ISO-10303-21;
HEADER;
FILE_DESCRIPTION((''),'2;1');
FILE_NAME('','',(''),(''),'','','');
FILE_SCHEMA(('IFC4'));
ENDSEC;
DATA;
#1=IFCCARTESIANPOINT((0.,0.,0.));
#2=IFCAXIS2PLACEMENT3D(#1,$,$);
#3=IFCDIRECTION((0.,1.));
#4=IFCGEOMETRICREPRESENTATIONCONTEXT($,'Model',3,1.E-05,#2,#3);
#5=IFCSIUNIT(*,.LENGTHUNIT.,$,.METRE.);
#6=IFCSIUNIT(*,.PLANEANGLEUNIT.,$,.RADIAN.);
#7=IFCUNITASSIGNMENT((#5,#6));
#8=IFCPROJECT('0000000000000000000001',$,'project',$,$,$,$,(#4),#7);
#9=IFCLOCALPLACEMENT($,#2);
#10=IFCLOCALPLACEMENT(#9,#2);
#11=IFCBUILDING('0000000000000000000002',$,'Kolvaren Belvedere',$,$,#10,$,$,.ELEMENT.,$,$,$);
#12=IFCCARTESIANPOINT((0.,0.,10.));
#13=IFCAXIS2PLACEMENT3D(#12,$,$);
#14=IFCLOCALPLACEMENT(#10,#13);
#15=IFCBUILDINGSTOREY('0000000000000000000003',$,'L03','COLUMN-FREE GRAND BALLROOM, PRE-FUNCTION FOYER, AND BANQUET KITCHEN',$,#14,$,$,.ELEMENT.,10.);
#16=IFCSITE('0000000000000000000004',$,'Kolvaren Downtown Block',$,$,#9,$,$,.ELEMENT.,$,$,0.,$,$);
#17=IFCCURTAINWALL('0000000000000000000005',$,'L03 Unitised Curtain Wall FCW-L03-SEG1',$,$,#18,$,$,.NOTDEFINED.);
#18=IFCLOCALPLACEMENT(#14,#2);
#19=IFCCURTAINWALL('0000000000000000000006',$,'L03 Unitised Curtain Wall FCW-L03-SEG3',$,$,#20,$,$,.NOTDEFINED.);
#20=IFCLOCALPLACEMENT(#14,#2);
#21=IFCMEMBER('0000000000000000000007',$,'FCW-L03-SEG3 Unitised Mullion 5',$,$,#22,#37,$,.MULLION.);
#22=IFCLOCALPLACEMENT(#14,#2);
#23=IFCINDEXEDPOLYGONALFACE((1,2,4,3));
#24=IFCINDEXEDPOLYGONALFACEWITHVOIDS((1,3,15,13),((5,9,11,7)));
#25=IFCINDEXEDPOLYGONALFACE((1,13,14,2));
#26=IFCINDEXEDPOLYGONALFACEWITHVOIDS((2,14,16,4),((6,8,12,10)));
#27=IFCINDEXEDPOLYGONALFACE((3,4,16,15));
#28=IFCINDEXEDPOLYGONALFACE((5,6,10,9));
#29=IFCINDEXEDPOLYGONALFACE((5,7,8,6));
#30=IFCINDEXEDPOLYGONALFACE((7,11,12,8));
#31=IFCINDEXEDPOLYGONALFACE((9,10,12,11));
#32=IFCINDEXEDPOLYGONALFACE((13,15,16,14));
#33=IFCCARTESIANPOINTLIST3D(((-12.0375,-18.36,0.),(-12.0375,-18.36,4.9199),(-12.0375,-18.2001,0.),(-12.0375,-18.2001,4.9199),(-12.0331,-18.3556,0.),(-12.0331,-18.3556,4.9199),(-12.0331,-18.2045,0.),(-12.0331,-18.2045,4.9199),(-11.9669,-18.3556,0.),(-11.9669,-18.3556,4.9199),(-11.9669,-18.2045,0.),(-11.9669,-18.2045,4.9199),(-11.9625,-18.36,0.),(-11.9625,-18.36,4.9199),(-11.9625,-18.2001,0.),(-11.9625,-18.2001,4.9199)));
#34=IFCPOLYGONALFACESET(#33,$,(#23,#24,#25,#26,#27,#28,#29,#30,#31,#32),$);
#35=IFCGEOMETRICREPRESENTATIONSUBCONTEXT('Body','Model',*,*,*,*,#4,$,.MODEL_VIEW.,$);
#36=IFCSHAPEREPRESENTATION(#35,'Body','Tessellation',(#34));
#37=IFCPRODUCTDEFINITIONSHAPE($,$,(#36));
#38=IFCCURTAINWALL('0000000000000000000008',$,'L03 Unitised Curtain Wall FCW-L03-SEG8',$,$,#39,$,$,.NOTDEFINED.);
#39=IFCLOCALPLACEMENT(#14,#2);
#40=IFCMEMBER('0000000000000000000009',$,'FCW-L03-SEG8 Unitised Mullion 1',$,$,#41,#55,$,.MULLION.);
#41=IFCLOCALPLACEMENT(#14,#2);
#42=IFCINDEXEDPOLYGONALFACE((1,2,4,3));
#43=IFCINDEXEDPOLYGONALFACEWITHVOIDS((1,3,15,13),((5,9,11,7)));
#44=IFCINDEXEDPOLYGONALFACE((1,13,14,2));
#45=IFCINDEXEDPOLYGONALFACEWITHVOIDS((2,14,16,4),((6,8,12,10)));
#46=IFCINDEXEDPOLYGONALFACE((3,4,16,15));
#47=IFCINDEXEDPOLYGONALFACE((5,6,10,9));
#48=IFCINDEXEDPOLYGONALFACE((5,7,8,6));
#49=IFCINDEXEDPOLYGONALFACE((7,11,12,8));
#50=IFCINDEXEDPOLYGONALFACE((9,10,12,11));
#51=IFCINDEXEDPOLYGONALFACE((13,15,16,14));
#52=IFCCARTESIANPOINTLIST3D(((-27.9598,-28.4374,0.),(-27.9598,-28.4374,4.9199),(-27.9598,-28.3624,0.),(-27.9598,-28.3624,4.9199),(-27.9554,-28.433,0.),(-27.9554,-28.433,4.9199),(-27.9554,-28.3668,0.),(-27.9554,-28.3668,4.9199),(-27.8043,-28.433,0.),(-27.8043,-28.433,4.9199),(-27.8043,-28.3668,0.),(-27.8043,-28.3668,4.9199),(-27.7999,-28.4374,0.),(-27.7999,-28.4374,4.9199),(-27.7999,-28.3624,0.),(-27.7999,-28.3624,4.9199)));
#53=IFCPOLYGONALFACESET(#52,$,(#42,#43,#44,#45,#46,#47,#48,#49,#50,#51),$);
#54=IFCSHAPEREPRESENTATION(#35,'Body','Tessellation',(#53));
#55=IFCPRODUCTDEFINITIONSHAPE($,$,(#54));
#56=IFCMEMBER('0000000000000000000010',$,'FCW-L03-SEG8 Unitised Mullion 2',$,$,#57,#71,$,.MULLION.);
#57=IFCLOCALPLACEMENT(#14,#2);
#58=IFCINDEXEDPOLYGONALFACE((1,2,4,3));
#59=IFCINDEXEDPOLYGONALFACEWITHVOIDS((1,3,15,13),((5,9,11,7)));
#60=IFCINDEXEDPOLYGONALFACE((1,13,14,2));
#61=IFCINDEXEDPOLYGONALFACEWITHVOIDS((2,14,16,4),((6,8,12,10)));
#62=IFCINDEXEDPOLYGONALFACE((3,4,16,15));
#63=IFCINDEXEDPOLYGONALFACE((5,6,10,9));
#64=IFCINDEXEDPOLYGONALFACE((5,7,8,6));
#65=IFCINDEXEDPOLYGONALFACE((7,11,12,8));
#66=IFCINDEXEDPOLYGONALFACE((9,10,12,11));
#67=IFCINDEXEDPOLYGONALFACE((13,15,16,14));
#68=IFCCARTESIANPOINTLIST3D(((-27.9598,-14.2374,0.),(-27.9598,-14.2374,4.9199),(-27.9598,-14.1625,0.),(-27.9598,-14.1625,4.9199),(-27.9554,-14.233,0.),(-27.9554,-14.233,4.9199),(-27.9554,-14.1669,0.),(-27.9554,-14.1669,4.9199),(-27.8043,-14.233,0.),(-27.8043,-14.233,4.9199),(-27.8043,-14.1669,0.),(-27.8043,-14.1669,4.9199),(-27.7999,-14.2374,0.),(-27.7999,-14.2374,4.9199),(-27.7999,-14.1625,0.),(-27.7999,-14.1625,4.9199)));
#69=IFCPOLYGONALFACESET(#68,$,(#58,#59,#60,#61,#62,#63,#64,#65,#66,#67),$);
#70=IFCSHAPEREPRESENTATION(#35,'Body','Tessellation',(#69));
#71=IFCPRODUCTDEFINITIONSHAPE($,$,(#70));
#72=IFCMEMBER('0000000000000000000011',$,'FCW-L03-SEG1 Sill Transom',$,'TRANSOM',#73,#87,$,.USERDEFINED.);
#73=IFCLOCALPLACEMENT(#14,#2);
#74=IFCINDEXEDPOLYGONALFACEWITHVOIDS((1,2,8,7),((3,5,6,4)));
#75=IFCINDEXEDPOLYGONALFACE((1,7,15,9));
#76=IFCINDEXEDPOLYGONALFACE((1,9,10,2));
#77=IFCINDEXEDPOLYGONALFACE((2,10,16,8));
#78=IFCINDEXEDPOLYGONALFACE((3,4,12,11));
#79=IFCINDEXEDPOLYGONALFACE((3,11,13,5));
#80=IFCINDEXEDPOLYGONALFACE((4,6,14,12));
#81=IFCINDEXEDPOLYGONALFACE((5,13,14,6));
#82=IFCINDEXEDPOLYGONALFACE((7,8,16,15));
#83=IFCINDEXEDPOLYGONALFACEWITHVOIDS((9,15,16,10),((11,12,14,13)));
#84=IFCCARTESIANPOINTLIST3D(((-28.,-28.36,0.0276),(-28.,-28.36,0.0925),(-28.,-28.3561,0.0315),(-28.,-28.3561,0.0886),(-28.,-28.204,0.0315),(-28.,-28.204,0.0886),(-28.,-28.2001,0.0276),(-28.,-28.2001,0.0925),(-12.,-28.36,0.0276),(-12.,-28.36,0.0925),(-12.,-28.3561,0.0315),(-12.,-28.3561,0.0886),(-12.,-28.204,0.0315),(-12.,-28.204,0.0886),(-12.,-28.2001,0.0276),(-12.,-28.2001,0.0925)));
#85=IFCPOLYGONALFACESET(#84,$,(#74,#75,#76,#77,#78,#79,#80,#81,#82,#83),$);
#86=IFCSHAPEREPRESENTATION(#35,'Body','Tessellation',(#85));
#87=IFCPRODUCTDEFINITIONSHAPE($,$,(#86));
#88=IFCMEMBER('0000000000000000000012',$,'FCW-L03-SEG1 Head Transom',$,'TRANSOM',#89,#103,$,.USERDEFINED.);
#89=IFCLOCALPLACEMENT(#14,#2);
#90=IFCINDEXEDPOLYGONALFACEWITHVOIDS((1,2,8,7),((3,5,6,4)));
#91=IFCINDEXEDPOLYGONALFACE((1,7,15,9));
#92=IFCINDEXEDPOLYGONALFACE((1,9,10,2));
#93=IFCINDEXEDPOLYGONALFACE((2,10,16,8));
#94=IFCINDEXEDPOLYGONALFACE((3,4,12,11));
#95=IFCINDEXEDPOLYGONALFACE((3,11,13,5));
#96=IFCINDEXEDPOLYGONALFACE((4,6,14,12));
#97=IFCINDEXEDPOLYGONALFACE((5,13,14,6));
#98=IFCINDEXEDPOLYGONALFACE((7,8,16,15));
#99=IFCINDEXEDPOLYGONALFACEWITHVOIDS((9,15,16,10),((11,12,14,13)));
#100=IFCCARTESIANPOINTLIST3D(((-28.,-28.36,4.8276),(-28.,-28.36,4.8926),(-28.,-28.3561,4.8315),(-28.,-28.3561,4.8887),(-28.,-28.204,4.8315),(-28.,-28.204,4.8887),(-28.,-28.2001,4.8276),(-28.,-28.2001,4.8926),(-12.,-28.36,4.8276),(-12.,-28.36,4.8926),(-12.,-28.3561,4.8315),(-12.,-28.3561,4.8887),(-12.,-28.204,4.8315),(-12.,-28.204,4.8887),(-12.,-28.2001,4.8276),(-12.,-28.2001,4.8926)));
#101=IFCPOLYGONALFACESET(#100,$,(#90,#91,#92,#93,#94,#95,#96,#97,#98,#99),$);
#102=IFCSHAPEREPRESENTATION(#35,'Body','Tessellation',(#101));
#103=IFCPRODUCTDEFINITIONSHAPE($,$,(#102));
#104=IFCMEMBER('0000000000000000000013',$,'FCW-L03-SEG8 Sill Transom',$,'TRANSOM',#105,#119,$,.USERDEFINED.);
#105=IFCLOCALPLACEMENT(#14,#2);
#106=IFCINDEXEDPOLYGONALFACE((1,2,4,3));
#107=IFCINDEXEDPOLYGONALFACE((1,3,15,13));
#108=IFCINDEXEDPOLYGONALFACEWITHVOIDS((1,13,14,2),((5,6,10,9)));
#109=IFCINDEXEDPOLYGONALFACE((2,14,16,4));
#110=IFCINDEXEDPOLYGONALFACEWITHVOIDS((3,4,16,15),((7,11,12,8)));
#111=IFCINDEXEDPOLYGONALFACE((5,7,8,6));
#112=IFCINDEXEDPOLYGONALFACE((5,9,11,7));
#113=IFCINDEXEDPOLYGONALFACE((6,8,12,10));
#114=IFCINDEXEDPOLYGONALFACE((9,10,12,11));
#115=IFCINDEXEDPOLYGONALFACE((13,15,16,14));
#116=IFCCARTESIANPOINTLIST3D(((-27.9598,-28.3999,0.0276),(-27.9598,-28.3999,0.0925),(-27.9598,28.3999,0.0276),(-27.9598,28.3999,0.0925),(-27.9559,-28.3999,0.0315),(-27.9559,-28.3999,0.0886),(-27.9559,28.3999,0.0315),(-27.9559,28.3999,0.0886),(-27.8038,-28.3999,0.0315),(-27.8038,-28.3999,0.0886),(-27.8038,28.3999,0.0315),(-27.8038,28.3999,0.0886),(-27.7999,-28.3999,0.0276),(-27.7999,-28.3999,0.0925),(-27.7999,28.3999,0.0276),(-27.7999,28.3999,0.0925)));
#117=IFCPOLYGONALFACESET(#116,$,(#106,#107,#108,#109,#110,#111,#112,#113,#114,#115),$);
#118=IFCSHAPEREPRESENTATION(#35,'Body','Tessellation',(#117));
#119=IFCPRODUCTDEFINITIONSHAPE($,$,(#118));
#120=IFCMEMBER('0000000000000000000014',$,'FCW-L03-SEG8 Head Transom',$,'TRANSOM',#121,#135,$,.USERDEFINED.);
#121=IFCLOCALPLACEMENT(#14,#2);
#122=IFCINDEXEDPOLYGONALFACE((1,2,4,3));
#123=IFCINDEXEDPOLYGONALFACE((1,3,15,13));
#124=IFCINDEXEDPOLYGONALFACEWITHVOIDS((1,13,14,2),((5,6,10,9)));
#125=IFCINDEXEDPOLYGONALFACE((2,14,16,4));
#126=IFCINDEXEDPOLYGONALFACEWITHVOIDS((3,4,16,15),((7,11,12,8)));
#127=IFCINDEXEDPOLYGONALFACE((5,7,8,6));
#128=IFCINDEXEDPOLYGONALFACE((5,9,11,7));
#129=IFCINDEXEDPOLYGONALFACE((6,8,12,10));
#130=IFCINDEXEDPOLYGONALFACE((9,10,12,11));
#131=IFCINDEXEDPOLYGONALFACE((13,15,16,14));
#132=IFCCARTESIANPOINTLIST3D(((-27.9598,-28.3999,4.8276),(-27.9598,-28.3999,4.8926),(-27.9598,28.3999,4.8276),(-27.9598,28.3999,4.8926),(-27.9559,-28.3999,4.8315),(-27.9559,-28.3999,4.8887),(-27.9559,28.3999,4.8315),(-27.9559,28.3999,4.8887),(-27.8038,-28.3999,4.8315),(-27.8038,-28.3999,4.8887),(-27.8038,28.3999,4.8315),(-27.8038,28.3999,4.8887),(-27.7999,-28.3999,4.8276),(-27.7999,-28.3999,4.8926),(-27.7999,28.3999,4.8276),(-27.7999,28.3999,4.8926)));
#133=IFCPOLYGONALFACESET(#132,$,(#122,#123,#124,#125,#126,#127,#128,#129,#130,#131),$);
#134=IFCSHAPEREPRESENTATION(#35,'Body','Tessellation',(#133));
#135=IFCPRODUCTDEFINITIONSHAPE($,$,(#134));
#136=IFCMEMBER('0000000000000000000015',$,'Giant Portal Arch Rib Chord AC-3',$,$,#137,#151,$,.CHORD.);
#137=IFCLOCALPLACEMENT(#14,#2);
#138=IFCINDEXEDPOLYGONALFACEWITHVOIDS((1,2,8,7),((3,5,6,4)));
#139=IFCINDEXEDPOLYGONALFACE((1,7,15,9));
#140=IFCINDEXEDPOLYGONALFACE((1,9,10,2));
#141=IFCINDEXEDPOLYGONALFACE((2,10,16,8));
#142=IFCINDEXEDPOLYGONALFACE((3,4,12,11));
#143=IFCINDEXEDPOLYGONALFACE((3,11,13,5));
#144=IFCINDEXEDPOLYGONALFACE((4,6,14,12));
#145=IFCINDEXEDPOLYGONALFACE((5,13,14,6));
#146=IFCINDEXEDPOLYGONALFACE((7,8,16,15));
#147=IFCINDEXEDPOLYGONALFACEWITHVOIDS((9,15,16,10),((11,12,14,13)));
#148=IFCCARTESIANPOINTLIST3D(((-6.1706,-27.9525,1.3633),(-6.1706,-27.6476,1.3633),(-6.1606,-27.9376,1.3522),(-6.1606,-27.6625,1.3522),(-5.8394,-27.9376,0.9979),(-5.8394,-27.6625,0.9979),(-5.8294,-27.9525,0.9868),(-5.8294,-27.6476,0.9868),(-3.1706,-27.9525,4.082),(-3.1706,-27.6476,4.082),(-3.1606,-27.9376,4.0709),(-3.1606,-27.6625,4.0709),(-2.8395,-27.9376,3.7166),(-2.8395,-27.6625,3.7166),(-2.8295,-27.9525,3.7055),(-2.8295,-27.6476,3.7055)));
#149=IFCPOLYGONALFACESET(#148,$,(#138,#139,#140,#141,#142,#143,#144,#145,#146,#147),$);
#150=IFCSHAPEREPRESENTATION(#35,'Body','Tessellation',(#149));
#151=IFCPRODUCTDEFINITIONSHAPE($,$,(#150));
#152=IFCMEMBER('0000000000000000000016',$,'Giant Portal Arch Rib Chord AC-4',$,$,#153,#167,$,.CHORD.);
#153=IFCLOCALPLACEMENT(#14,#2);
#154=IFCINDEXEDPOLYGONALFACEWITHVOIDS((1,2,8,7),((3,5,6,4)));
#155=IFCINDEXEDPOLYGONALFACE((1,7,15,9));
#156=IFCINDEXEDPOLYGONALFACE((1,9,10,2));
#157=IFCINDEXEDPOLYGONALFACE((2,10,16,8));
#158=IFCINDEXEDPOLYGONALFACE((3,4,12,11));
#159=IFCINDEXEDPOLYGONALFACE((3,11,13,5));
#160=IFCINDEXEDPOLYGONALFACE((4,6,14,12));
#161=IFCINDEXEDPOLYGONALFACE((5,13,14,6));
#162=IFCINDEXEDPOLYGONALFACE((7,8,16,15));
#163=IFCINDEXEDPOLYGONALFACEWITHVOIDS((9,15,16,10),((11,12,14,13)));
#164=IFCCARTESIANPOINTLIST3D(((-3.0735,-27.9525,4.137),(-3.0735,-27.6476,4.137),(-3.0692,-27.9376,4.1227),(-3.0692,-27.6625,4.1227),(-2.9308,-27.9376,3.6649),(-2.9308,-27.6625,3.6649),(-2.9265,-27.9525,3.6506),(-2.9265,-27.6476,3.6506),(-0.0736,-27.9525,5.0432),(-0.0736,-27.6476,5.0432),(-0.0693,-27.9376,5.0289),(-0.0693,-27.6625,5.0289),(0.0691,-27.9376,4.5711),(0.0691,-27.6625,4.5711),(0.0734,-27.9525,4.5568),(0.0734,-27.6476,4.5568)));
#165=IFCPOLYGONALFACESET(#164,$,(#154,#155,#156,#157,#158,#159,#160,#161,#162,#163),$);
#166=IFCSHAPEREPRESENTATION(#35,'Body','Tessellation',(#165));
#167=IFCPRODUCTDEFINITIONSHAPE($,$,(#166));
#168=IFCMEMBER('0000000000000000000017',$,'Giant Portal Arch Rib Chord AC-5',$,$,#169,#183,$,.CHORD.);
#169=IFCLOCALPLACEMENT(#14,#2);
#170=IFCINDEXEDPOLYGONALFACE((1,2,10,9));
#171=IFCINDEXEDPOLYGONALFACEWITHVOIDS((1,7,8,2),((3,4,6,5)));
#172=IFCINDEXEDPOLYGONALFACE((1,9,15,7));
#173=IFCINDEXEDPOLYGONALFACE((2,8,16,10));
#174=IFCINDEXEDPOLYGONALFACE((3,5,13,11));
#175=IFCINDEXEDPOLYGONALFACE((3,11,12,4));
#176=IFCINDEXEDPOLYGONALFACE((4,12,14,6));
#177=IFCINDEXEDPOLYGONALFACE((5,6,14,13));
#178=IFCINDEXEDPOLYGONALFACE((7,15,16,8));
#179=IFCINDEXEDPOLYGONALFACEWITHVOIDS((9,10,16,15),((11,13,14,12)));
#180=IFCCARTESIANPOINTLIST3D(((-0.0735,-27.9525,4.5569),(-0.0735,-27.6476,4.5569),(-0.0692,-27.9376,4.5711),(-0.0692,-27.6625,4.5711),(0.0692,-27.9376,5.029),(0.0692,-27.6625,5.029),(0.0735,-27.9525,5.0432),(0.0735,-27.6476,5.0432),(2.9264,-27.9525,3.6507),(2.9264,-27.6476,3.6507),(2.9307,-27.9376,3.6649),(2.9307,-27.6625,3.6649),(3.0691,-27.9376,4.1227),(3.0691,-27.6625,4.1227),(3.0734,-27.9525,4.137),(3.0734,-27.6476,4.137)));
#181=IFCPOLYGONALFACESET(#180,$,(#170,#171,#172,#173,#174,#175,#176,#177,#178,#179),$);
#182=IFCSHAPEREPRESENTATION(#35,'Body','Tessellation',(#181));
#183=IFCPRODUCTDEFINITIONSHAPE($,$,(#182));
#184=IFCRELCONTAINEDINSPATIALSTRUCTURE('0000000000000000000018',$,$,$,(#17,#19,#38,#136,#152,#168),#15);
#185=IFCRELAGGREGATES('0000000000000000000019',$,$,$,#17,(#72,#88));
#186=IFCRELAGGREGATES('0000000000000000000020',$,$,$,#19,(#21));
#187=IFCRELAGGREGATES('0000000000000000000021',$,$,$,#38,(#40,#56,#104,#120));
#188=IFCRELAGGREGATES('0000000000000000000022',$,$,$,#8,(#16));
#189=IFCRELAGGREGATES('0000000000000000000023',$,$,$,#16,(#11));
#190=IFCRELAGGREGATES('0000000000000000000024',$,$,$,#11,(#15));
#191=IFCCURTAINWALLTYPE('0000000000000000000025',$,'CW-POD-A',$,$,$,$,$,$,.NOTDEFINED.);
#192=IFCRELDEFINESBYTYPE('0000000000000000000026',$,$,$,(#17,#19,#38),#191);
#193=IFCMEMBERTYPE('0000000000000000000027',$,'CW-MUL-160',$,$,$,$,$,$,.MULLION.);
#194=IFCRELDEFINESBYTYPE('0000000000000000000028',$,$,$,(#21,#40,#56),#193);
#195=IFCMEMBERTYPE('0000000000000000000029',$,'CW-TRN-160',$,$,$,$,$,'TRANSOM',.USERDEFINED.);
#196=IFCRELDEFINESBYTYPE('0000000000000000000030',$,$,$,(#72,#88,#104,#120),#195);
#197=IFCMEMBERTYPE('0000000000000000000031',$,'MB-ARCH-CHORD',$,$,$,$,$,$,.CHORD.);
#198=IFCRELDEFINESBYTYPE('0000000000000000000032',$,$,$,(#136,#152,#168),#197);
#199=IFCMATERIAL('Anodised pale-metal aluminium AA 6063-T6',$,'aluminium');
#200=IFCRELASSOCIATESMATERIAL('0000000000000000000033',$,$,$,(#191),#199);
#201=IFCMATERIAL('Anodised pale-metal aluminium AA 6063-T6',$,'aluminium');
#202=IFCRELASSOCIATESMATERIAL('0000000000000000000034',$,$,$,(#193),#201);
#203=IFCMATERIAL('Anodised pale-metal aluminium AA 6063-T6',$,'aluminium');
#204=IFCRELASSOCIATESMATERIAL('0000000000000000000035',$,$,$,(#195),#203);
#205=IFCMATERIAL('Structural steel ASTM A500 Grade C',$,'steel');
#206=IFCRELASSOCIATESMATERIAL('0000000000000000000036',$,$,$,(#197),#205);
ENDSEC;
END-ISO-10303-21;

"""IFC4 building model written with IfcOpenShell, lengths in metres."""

from ifc_helpers import new_model, si_unit, direction, frame, origin, origin_2d, place, context, subcontext, project, spatial, hollow_rectangle, extrude, material, material_profile, profile_set, type_object, element, aggregate, save


model = new_model("IFC4")

# Units and contexts
model_context = context("Model", 3, precision=1e-05, world=origin(), true_north=direction((0.0, 1.0)))
body_context = subcontext(model_context, "Body", "Model", "MODEL_VIEW")
ifc_project = project(units=[si_unit("LENGTHUNIT", "METRE"), si_unit("PLANEANGLEUNIT", "RADIAN")], contexts=[model_context])

# Site, building, storey
site_placement = place(None, origin())
site = spatial("IfcSite", under=ifc_project, at=site_placement, Name="Kolvaren Downtown Block", CompositionType="ELEMENT", RefElevation=0.0)
building_placement = place(site_placement, origin())
building = spatial("IfcBuilding", under=site, at=building_placement, Name="Kolvaren Belvedere", CompositionType="ELEMENT")
storey_placement = place(building_placement, frame((0.0, 0.0, 10.0)))
storey = spatial("IfcBuildingStorey", under=building, at=storey_placement, Name="L03", Description="COLUMN-FREE GRAND BALLROOM, PRE-FUNCTION FOYER, AND BANQUET KITCHEN", CompositionType="ELEMENT", Elevation=10.0)

# Curtain walls, members
ifc_material_1 = material(Name="Anodised pale-metal aluminium AA 6063-T6", Category="aluminium")
curtain_wall_type = type_object("IfcCurtainWallType", Name="CW-POD-A", PredefinedType="NOTDEFINED", material=ifc_material_1)
curtain_wall_1_placement = place(storey_placement, origin())
curtain_wall_1 = element("IfcCurtainWall", 1, at=curtain_wall_1_placement, inside=storey, type_object=curtain_wall_type, Name="L03 Unitised Curtain Wall FCW-L03-SEG1", PredefinedType="NOTDEFINED")
ifc_material_2 = material(Name="Anodised pale-metal aluminium AA 6063-T6", Category="aluminium")
ifc_material_profile_1 = material_profile(ifc_material_2, hollow_rectangle(XDim=0.075, YDim=0.1599, WallThickness=0.0044, at=origin_2d()), Name="ALU-MUL-160X75")
ifc_profile_set_1 = profile_set([ifc_material_profile_1], Name="Anodised pale-metal aluminium AA 6063-T6")
member_type_1 = type_object("IfcMemberType", Name="CW-MUL-160", PredefinedType="MULLION", material=ifc_profile_set_1)
curtain_wall_2_placement = place(storey_placement, origin())
curtain_wall_2 = element("IfcCurtainWall", 2, at=curtain_wall_2_placement, inside=storey, type_object=curtain_wall_type, Name="L03 Unitised Curtain Wall FCW-L03-SEG3", PredefinedType="NOTDEFINED")
member_1_placement = place(storey_placement, frame((-12.0, -18.28, 0.0), z_axis=(0.0, 0.0, 1.0), x_axis=(1.0, 0.0, 0.0)))
member_1 = element("IfcMember", 3, at=member_1_placement, type_object=member_type_1, Name="FCW-L03-SEG3 Unitised Mullion 5", PredefinedType="MULLION", context=body_context, shape_type="SweptSolid", body=[
    extrude(hollow_rectangle(XDim=0.075, YDim=0.1599, WallThickness=0.0044, at=origin_2d()), origin(), (0.0, 0.0, 1.0), 4.9199),
])
curtain_wall_3_placement = place(storey_placement, origin())
curtain_wall_3 = element("IfcCurtainWall", 4, at=curtain_wall_3_placement, inside=storey, type_object=curtain_wall_type, Name="L03 Unitised Curtain Wall FCW-L03-SEG8", PredefinedType="NOTDEFINED")
member_2_placement = place(storey_placement, frame((-27.8799, -28.3999, 0.0), z_axis=(0.0, 0.0, 1.0), x_axis=(0.0, 1.0, 0.0)))
member_2 = element("IfcMember", 5, at=member_2_placement, type_object=member_type_1, Name="FCW-L03-SEG8 Unitised Mullion 1", PredefinedType="MULLION", context=body_context, shape_type="SweptSolid", body=[
    extrude(hollow_rectangle(XDim=0.075, YDim=0.1599, WallThickness=0.0044, at=origin_2d()), origin(), (0.0, 0.0, 1.0), 4.9199),
])
member_3_placement = place(storey_placement, frame((-27.8799, -14.2, 0.0), z_axis=(0.0, 0.0, 1.0), x_axis=(0.0, 1.0, 0.0)))
member_3 = element("IfcMember", 6, at=member_3_placement, type_object=member_type_1, Name="FCW-L03-SEG8 Unitised Mullion 2", PredefinedType="MULLION", context=body_context, shape_type="SweptSolid", body=[
    extrude(hollow_rectangle(XDim=0.075, YDim=0.1599, WallThickness=0.0044, at=origin_2d()), origin(), (0.0, 0.0, 1.0), 4.9199),
])

# Members
ifc_material_3 = material(Name="Anodised pale-metal aluminium AA 6063-T6", Category="aluminium")
ifc_material_profile_2 = material_profile(ifc_material_3, hollow_rectangle(XDim=0.0649, YDim=0.1599, WallThickness=0.0039, at=origin_2d()), Name="ALU-TRN-160X65")
ifc_profile_set_2 = profile_set([ifc_material_profile_2], Name="Anodised pale-metal aluminium AA 6063-T6")
member_type_2 = type_object("IfcMemberType", Name="CW-TRN-160", ElementType="TRANSOM", PredefinedType="USERDEFINED", material=ifc_profile_set_2)
member_4_placement = place(storey_placement, frame((-12.0, -28.28, 0.0601), z_axis=(-1.0, 0.0, 0.0), x_axis=(0.0, 0.0, 1.0)))
member_4 = element("IfcMember", 7, at=member_4_placement, type_object=member_type_2, Name="FCW-L03-SEG1 Sill Transom", ObjectType="TRANSOM", PredefinedType="USERDEFINED", context=body_context, shape_type="SweptSolid", body=[
    extrude(hollow_rectangle(XDim=0.0649, YDim=0.1599, WallThickness=0.0039, at=origin_2d()), origin(), (0.0, 0.0, 1.0), 16.0),
])
member_5_placement = place(storey_placement, frame((-12.0, -28.28, 4.8601), z_axis=(-1.0, 0.0, 0.0), x_axis=(0.0, 0.0, 1.0)))
member_5 = element("IfcMember", 8, at=member_5_placement, type_object=member_type_2, Name="FCW-L03-SEG1 Head Transom", ObjectType="TRANSOM", PredefinedType="USERDEFINED", context=body_context, shape_type="SweptSolid", body=[
    extrude(hollow_rectangle(XDim=0.0649, YDim=0.1599, WallThickness=0.0039, at=origin_2d()), origin(), (0.0, 0.0, 1.0), 16.0),
])
member_6_placement = place(storey_placement, frame((-27.8799, -28.3999, 0.0601), z_axis=(0.0, 1.0, 0.0), x_axis=(0.0, 0.0, 1.0)))
member_6 = element("IfcMember", 9, at=member_6_placement, type_object=member_type_2, Name="FCW-L03-SEG8 Sill Transom", ObjectType="TRANSOM", PredefinedType="USERDEFINED", context=body_context, shape_type="SweptSolid", body=[
    extrude(hollow_rectangle(XDim=0.0649, YDim=0.1599, WallThickness=0.0039, at=origin_2d()), origin(), (0.0, 0.0, 1.0), 56.7998),
])
member_7_placement = place(storey_placement, frame((-27.8799, -28.3999, 4.8601), z_axis=(0.0, 1.0, 0.0), x_axis=(0.0, 0.0, 1.0)))
member_7 = element("IfcMember", 10, at=member_7_placement, type_object=member_type_2, Name="FCW-L03-SEG8 Head Transom", ObjectType="TRANSOM", PredefinedType="USERDEFINED", context=body_context, shape_type="SweptSolid", body=[
    extrude(hollow_rectangle(XDim=0.0649, YDim=0.1599, WallThickness=0.0039, at=origin_2d()), origin(), (0.0, 0.0, 1.0), 56.7998),
])

# Members
ifc_material_4 = material(Name="Structural steel ASTM A500 Grade C", Category="steel")
ifc_material_profile_3 = material_profile(ifc_material_4, hollow_rectangle(XDim=0.3049, YDim=0.5081, WallThickness=0.0149, at=origin_2d()), Name="HSS20X12X5/8")
ifc_profile_set_3 = profile_set([ifc_material_profile_3], Name="Structural steel ASTM A500 Grade C")
member_type_3 = type_object("IfcMemberType", Name="MB-ARCH-CHORD", PredefinedType="CHORD", material=ifc_profile_set_3)
member_8_placement = place(storey_placement, frame((-6.0, -27.8, 1.175), z_axis=(0.740987, 0.0, 0.671519), x_axis=(0.0, 1.0, 0.0)))
element("IfcMember", 11, at=member_8_placement, inside=storey, type_object=member_type_3, Name="Giant Portal Arch Rib Chord AC-3", PredefinedType="CHORD", context=body_context, shape_type="SweptSolid", body=[
    extrude(hollow_rectangle(XDim=0.3049, YDim=0.5081, WallThickness=0.0149, at=origin_2d()), origin(), (0.0, 0.0, 1.0), 4.0486),
])
for number, where, z_axis, x_axis, name in (
    (12, (-3.0, -27.8, 3.8938), (0.957276, 0.0, 0.289177), (0.0, 1.0, 0.0), "Giant Portal Arch Rib Chord AC-4"),
    (13, (0.0, -27.8, 4.8), (0.957276, 0.0, -0.289177), (0.0, 1.0, 0.0), "Giant Portal Arch Rib Chord AC-5"),
):
    element("IfcMember", number, at=place(storey_placement, frame(where, z_axis=z_axis, x_axis=x_axis)), inside=storey, type_object=member_type_3, Name=name, PredefinedType="CHORD", context=body_context, shape_type="SweptSolid", body=[
        extrude(hollow_rectangle(XDim=0.3049, YDim=0.5081, WallThickness=0.0149, at=origin_2d()), origin(), (0.0, 0.0, 1.0), 3.1338),
    ])

aggregate(curtain_wall_1, [member_4, member_5])
aggregate(curtain_wall_2, [member_1])
aggregate(curtain_wall_3, [member_2, member_3, member_6, member_7])

save(model, "model.ifc")
